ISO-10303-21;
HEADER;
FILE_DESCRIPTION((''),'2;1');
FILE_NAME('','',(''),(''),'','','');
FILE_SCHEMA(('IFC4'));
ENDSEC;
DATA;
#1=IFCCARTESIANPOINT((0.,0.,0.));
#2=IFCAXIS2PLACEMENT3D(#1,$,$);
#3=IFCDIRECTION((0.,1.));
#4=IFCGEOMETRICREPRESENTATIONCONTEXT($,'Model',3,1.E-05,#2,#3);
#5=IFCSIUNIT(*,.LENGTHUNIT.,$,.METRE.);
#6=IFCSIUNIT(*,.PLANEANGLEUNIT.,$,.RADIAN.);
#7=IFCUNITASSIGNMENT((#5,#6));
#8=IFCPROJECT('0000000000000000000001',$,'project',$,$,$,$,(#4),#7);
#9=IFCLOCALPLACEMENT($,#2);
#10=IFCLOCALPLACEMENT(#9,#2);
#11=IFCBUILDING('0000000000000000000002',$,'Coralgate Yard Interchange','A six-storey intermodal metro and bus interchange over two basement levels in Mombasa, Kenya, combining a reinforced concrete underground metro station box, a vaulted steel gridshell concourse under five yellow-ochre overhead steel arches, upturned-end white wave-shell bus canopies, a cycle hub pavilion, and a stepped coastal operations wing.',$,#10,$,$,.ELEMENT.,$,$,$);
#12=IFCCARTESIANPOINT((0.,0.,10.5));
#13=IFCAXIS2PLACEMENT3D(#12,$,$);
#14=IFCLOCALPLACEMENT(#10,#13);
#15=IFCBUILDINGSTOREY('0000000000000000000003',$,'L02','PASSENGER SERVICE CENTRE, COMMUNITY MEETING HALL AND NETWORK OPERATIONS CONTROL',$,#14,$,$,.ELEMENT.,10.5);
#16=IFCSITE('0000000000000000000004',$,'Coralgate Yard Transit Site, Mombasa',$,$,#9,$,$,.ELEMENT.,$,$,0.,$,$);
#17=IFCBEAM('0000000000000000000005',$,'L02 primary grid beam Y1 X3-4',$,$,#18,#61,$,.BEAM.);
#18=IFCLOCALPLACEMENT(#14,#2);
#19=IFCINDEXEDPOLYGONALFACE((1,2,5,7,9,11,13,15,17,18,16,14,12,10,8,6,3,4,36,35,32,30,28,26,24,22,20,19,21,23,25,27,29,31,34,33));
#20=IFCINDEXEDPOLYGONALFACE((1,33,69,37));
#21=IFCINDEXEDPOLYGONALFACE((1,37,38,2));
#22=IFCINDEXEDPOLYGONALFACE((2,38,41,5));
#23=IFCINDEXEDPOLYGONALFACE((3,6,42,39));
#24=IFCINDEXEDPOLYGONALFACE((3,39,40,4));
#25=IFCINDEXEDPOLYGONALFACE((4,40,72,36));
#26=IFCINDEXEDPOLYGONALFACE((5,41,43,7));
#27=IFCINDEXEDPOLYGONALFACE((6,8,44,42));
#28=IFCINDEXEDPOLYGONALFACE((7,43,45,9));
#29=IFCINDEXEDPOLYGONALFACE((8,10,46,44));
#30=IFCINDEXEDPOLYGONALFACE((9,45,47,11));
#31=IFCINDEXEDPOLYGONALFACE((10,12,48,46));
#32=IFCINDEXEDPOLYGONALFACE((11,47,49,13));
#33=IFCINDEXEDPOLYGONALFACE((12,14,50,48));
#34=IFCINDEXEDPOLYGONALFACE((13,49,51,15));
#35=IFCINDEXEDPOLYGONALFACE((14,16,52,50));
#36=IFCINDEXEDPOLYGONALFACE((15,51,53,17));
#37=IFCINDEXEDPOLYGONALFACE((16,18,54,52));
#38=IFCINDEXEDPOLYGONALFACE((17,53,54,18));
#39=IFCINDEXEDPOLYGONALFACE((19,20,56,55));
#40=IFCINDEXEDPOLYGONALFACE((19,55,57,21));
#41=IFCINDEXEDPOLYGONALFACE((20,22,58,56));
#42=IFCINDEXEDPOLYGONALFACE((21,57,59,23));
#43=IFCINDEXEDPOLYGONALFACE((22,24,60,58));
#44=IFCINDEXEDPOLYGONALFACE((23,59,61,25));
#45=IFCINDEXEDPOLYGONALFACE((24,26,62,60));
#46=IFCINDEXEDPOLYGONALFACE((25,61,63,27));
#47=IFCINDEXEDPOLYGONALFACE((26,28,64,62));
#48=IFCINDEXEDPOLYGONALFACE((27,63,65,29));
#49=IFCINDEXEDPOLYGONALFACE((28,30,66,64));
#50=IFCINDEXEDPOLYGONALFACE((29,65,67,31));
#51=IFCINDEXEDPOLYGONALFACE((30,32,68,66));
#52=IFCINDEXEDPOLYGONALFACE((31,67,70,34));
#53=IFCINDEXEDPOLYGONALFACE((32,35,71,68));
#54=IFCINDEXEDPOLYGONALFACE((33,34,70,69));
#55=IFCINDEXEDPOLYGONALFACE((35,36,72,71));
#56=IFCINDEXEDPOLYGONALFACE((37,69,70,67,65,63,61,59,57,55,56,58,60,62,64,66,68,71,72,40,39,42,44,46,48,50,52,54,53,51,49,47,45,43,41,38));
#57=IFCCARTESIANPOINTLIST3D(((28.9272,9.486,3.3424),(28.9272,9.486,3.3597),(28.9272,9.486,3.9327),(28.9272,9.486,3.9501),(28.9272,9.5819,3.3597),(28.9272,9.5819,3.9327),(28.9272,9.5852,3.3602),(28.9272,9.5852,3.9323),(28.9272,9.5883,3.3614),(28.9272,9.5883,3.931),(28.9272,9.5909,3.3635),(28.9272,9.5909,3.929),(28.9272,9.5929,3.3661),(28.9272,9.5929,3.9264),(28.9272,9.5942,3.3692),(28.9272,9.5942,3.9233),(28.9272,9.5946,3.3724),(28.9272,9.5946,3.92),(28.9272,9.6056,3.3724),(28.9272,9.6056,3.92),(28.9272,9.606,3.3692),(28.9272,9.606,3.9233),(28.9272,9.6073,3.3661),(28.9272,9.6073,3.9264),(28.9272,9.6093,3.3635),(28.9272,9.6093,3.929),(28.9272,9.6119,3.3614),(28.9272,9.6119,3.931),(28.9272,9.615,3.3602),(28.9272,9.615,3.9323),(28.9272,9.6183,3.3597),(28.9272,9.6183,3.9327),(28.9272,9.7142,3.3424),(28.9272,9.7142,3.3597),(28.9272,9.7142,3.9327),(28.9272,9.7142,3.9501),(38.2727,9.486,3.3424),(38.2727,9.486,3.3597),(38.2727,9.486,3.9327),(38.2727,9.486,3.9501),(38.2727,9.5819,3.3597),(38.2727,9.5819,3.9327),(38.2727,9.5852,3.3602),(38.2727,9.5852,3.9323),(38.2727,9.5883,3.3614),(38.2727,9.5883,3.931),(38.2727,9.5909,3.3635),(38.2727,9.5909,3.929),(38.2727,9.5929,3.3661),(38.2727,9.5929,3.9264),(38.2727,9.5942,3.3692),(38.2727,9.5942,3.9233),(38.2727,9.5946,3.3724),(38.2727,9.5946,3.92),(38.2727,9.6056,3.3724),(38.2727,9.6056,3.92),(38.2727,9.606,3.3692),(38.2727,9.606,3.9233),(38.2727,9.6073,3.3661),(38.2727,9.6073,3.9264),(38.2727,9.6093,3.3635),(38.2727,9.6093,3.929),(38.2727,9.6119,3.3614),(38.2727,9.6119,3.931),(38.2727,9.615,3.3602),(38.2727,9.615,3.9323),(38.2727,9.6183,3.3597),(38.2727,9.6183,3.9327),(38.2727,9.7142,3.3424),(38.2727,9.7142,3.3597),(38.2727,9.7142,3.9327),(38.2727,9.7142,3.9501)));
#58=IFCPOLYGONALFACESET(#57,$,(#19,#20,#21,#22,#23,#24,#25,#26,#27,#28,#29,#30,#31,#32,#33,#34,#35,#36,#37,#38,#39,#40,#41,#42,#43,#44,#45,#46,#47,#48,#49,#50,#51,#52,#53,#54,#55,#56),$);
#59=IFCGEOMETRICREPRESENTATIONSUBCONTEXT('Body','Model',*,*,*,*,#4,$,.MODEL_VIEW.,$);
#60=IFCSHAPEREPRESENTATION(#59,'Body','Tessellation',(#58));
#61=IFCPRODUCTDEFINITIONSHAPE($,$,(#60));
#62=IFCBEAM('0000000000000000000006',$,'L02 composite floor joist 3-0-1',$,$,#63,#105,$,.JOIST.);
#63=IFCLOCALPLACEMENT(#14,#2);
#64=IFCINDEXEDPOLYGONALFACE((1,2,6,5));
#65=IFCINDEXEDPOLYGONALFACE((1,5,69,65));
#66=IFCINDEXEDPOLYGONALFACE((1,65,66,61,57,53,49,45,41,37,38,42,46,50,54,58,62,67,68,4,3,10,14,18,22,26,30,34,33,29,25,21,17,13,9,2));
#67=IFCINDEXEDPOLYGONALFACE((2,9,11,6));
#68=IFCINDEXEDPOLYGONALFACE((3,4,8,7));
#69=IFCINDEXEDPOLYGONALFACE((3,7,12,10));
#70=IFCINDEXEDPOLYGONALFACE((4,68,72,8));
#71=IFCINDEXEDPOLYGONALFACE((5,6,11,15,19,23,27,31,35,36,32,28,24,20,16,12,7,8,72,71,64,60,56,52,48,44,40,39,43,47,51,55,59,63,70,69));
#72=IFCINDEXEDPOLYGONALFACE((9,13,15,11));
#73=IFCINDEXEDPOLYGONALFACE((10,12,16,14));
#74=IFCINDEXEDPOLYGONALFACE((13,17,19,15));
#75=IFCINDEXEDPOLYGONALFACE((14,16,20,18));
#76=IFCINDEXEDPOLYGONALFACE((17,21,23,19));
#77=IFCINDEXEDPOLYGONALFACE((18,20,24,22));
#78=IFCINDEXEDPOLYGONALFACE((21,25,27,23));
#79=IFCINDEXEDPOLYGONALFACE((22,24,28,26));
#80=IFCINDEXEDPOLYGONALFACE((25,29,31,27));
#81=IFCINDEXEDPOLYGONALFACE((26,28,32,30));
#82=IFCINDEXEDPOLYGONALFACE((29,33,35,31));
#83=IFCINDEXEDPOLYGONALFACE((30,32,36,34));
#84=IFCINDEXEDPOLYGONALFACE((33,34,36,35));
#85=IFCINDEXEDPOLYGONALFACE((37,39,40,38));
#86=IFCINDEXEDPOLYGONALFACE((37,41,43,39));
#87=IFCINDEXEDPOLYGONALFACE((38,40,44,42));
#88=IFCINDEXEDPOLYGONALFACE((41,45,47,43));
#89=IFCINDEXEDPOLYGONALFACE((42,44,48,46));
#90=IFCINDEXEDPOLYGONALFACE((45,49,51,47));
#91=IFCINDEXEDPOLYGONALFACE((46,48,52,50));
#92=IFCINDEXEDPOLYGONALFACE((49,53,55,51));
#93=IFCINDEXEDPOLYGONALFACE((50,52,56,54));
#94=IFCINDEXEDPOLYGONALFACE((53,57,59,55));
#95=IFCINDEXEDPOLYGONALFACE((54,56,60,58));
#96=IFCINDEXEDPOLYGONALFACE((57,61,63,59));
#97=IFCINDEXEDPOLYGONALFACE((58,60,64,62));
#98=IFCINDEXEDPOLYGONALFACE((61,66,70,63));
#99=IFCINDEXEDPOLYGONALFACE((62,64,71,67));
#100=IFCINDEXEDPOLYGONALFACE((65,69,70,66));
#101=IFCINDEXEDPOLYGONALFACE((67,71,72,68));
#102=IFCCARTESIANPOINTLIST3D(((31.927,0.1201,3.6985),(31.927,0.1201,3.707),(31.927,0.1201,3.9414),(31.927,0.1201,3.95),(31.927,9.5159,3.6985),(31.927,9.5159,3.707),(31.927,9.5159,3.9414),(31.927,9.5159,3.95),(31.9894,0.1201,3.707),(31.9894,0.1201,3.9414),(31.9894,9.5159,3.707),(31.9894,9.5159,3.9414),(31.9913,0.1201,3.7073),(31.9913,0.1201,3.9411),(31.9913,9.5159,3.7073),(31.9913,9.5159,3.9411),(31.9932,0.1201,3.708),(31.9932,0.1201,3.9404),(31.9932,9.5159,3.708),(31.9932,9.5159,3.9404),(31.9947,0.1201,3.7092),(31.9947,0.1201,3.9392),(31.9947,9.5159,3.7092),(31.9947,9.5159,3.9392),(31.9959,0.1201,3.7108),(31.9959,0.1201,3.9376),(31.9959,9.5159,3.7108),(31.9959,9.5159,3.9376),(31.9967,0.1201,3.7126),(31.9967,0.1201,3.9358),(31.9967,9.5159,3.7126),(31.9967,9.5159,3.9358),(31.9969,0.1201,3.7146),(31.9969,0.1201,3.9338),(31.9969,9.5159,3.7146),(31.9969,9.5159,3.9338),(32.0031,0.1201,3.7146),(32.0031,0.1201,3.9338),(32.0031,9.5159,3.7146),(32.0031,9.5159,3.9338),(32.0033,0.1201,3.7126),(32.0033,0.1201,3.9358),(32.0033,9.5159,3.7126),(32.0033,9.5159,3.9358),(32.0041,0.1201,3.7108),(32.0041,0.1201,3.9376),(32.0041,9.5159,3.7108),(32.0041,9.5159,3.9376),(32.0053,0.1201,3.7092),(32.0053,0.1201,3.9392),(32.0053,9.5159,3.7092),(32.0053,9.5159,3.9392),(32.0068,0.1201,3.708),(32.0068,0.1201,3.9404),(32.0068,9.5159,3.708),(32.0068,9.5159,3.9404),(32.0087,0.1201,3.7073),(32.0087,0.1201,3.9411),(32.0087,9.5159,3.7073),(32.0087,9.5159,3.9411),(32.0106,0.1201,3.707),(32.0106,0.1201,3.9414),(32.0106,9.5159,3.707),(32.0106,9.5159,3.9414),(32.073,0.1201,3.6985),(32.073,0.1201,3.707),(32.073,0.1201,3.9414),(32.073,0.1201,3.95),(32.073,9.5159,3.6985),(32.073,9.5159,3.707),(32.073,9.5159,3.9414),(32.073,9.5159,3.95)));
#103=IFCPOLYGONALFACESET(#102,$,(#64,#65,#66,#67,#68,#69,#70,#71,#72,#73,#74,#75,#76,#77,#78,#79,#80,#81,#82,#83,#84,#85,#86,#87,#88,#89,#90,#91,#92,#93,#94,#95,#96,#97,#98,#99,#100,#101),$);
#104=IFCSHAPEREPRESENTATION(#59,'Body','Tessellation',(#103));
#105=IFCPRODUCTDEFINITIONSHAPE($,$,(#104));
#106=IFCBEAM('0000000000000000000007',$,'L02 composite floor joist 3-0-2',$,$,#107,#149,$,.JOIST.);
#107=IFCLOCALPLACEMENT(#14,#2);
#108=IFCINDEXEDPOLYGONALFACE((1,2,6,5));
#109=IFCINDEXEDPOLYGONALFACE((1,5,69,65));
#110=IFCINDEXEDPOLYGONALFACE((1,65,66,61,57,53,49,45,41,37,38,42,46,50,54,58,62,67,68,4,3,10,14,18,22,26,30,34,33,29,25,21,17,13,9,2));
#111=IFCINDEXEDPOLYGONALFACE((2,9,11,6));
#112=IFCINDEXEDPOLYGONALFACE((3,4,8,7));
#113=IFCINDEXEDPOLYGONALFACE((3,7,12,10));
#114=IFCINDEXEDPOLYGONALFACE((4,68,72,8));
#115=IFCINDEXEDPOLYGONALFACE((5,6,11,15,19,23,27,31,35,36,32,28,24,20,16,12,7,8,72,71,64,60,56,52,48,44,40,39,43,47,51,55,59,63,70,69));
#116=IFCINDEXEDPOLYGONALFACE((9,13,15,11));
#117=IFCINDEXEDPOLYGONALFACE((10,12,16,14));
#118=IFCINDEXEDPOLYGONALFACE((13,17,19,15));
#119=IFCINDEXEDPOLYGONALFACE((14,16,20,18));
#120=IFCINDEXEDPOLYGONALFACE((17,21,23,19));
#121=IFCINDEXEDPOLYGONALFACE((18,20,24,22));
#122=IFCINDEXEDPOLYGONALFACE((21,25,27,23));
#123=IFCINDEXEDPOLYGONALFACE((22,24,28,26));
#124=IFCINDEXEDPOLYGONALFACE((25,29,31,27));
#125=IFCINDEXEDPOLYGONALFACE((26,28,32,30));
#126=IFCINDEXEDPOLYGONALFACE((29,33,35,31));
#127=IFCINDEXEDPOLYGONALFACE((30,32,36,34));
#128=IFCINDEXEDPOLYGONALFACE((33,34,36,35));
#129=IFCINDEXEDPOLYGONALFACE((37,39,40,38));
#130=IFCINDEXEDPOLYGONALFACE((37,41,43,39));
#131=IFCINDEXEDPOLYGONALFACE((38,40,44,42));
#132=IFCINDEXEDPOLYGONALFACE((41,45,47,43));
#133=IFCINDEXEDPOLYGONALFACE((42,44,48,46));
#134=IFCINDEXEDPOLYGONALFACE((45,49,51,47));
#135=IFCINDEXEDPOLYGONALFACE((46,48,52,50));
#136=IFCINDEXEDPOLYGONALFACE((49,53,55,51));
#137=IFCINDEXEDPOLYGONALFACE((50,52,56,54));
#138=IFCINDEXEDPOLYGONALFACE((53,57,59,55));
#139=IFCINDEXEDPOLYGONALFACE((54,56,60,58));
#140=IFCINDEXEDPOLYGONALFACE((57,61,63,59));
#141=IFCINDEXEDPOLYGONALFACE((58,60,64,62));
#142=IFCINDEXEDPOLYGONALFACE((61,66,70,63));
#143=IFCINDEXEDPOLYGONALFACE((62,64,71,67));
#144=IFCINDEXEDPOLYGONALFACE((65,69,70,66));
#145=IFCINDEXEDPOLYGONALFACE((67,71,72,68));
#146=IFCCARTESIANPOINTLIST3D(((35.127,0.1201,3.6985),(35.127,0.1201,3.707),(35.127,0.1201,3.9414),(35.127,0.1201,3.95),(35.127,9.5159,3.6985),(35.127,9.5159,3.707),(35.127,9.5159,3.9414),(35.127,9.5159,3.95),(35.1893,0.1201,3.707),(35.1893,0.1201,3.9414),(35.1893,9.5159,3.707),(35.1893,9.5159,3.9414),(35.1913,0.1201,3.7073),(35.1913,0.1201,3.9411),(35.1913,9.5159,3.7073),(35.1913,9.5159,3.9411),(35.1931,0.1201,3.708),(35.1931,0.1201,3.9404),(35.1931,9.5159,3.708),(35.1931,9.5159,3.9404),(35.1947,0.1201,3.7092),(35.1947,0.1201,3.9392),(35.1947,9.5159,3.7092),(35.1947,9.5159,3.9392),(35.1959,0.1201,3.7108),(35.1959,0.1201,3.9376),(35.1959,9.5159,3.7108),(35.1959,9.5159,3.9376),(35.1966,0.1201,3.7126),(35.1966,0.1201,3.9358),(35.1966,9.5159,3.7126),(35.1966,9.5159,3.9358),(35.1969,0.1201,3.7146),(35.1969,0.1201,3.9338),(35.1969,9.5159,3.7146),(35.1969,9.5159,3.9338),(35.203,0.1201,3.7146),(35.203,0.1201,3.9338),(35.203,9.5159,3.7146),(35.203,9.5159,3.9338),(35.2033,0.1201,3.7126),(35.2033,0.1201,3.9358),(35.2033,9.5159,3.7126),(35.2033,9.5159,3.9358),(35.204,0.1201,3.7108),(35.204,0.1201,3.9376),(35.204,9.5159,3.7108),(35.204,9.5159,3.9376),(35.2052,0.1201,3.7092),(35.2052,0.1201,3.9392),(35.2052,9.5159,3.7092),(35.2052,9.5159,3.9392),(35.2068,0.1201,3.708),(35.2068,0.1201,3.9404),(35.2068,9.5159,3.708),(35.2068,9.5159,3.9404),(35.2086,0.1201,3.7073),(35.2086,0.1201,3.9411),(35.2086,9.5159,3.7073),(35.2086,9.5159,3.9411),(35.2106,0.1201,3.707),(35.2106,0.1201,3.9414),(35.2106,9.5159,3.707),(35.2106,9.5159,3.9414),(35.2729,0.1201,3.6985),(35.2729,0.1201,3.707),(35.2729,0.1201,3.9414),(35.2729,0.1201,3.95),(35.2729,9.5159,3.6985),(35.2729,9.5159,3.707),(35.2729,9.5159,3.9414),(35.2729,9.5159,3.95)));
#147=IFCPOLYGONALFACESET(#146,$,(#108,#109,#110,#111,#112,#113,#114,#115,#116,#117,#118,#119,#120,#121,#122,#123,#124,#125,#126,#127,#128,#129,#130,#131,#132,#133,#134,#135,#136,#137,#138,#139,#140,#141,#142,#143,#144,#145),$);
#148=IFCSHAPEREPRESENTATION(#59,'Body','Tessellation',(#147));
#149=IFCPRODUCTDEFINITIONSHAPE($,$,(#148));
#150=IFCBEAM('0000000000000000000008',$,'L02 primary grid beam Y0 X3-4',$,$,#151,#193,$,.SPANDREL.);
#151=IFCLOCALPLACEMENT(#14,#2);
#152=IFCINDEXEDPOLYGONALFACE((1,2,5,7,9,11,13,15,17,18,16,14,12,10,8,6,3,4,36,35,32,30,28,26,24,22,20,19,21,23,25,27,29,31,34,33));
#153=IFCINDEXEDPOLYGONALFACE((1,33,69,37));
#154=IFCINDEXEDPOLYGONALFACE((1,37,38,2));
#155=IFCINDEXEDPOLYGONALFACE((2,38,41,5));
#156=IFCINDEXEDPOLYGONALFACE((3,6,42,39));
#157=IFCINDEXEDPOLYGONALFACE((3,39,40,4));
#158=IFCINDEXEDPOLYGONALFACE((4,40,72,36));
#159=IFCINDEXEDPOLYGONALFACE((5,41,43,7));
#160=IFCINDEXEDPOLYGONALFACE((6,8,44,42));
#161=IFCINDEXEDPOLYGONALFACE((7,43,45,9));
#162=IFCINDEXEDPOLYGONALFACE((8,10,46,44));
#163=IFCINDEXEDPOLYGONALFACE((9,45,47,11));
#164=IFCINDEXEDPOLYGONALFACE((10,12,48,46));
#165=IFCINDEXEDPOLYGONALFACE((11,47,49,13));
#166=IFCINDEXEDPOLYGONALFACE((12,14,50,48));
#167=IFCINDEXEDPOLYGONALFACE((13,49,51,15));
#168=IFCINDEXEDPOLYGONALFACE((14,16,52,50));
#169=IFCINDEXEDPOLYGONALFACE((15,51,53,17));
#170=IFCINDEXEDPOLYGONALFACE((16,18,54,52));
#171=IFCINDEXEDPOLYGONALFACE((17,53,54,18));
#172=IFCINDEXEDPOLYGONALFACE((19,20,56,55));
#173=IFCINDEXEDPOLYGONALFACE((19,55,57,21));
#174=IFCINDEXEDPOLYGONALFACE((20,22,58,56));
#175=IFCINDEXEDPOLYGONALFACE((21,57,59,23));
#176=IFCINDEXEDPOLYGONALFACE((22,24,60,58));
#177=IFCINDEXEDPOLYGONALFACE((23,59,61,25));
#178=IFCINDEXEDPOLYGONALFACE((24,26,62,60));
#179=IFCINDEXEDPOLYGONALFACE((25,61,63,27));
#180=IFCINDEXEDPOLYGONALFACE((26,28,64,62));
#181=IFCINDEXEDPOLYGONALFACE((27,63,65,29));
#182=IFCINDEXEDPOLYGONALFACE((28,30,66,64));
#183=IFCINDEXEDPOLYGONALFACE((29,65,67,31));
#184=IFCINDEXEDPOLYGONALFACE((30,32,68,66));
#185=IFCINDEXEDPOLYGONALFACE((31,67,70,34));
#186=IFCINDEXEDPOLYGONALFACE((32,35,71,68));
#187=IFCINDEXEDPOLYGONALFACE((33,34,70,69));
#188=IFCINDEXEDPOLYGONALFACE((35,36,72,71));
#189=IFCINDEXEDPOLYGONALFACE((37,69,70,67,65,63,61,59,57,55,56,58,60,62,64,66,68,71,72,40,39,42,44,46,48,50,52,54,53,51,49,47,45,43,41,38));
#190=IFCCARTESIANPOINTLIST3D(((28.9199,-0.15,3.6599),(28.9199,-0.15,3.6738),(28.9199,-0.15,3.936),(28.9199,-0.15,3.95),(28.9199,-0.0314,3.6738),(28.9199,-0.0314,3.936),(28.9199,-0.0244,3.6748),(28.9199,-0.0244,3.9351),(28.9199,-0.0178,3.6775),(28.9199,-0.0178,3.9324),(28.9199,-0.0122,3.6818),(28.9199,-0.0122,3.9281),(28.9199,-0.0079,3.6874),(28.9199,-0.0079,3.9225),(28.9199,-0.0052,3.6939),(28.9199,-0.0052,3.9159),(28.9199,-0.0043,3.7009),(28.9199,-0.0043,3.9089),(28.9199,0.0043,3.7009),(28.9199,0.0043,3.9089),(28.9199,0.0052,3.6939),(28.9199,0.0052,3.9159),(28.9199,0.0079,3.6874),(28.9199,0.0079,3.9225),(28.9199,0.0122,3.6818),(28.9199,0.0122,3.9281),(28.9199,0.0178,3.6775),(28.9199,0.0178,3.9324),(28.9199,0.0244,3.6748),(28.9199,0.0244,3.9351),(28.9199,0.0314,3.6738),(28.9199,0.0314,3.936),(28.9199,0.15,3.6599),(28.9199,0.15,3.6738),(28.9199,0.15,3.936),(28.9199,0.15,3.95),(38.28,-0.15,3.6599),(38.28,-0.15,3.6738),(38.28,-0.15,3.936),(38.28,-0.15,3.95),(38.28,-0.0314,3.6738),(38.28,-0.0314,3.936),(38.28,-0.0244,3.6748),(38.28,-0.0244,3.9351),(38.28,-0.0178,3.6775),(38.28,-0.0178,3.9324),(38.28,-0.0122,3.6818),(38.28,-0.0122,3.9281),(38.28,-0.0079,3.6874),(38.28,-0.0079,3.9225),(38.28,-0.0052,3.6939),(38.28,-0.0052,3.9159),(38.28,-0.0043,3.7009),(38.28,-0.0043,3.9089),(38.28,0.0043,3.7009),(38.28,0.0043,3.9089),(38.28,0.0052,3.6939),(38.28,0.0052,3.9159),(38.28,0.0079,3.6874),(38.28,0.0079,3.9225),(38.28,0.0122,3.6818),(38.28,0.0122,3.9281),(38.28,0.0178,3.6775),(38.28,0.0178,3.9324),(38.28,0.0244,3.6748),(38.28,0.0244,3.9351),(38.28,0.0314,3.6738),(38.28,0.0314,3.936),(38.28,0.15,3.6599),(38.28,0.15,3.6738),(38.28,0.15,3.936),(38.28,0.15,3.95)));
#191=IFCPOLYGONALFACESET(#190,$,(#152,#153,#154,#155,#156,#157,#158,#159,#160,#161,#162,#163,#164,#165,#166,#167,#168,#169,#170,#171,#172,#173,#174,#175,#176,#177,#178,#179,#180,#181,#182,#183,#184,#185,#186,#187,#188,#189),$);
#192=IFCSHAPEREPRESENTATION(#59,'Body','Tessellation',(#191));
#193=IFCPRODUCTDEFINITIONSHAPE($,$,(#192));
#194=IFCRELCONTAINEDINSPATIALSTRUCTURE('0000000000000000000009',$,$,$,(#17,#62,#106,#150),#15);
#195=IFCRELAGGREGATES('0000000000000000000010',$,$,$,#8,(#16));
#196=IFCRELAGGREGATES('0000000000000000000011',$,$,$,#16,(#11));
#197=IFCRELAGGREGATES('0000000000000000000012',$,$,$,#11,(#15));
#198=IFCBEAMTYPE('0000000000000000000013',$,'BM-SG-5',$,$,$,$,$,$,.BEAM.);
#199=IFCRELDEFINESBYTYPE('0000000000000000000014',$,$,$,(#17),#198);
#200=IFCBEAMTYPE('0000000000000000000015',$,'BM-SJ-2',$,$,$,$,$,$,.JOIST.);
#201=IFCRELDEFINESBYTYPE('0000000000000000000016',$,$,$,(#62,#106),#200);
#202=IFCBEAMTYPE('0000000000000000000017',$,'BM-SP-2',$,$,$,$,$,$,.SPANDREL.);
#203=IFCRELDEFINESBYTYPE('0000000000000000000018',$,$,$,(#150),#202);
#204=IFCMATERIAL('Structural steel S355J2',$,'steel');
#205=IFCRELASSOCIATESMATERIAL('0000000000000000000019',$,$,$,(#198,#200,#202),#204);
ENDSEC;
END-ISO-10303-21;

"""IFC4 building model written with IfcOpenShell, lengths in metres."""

from ifc_helpers import new_model, si_unit, direction, frame, origin, origin_2d, place, context, subcontext, project, spatial, i_section, extrude, material, material_profile, profile_set, type_object, element, save


model = new_model("IFC4")

# Units and contexts
model_context = context("Model", 3, precision=1e-05, world=origin(), true_north=direction((0.0, 1.0)))
body_context = subcontext(model_context, "Body", "Model", "MODEL_VIEW")
ifc_project = project(units=[si_unit("LENGTHUNIT", "METRE"), si_unit("PLANEANGLEUNIT", "RADIAN")], contexts=[model_context])

# Site, building, storey
site_placement = place(None, origin())
site = spatial("IfcSite", under=ifc_project, at=site_placement, Name="Coralgate Yard Transit Site, Mombasa", CompositionType="ELEMENT", RefElevation=0.0)
building_placement = place(site_placement, origin())
building = spatial("IfcBuilding", under=site, at=building_placement, Name="Coralgate Yard Interchange", Description="A six-storey intermodal metro and bus interchange over two basement levels in Mombasa, Kenya, combining a reinforced concrete underground metro station box, a vaulted steel gridshell concourse under five yellow-ochre overhead steel arches, upturned-end white wave-shell bus canopies, a cycle hub pavilion, and a stepped coastal operations wing.", CompositionType="ELEMENT")
storey_placement = place(building_placement, frame((0.0, 0.0, 10.5)))
storey = spatial("IfcBuildingStorey", under=building, at=storey_placement, Name="L02", Description="PASSENGER SERVICE CENTRE, COMMUNITY MEETING HALL AND NETWORK OPERATIONS CONTROL", CompositionType="ELEMENT", Elevation=10.5)

# Beams
ifc_material_1 = material(Name="Structural steel S355J2", Category="steel")
ifc_material_profile_1 = material_profile(ifc_material_1, i_section(OverallWidth=0.2283, OverallDepth=0.6077, WebThickness=0.011, FlangeThickness=0.0173, FilletRadius=0.0127, at=origin_2d()), Name="UB 610x229x113")
ifc_profile_set_1 = profile_set([ifc_material_profile_1], Name="Structural steel S355J2")
beam_type_1 = type_object("IfcBeamType", Name="BM-SG-5", PredefinedType="BEAM", material=ifc_profile_set_1)
beam_1_placement = place(storey_placement, frame((28.9272, 9.6001, 3.6462), z_axis=(1.0, 0.0, 0.0), x_axis=(0.0, 1.0, 0.0)))
element("IfcBeam", 1, at=beam_1_placement, inside=storey, type_object=beam_type_1, Name="L02 primary grid beam Y1 X3-4", PredefinedType="BEAM", context=body_context, shape_type="SweptSolid", body=[
    extrude(i_section(OverallWidth=0.2283, OverallDepth=0.6077, WebThickness=0.011, FlangeThickness=0.0173, FilletRadius=0.0127, at=origin_2d()), origin(), (0.0, 0.0, 1.0), 9.3455),
])
ifc_material_profile_2 = material_profile(ifc_material_1, i_section(OverallWidth=0.146, OverallDepth=0.2515, WebThickness=0.0061, FlangeThickness=0.0085, FilletRadius=0.0076, at=origin_2d()), Name="UB 254x146x31")
ifc_profile_set_2 = profile_set([ifc_material_profile_2], Name="Structural steel S355J2")
beam_type_2 = type_object("IfcBeamType", Name="BM-SJ-2", PredefinedType="JOIST", material=ifc_profile_set_2)
for number, where, z_axis, x_axis, name in (
    (2, (32.0, 0.1201, 3.8242), (0.0, 1.0, 0.0), (-1.0, 0.0, 0.0), "L02 composite floor joist 3-0-1"),
    (3, (35.2, 0.1201, 3.8242), (0.0, 1.0, 0.0), (-1.0, 0.0, 0.0), "L02 composite floor joist 3-0-2"),
):
    element("IfcBeam", number, at=place(storey_placement, frame(where, z_axis=z_axis, x_axis=x_axis)), inside=storey, type_object=beam_type_2, Name=name, PredefinedType="JOIST", context=body_context, shape_type="SweptSolid", body=[
        extrude(i_section(OverallWidth=0.146, OverallDepth=0.2515, WebThickness=0.0061, FlangeThickness=0.0085, FilletRadius=0.0076, at=origin_2d()), origin(), (0.0, 0.0, 1.0), 9.3958),
    ])
ifc_material_profile_3 = material_profile(ifc_material_1, i_section(OverallWidth=0.3, OverallDepth=0.29, WebThickness=0.0085, FlangeThickness=0.0139, FilletRadius=0.0271, at=origin_2d()), Name="HEA 300")
ifc_profile_set_3 = profile_set([ifc_material_profile_3], Name="Structural steel S355J2")
beam_type_3 = type_object("IfcBeamType", Name="BM-SP-2", PredefinedType="SPANDREL", material=ifc_profile_set_3)
beam_2_placement = place(storey_placement, frame((28.9199, 0.0, 3.8049), z_axis=(1.0, 0.0, 0.0), x_axis=(0.0, 1.0, 0.0)))
element("IfcBeam", 4, at=beam_2_placement, inside=storey, type_object=beam_type_3, Name="L02 primary grid beam Y0 X3-4", PredefinedType="SPANDREL", context=body_context, shape_type="SweptSolid", body=[
    extrude(i_section(OverallWidth=0.3, OverallDepth=0.29, WebThickness=0.0085, FlangeThickness=0.0139, FilletRadius=0.0271, at=origin_2d()), origin(), (0.0, 0.0, 1.0), 9.3601),
])

save(model, "model.ifc")
